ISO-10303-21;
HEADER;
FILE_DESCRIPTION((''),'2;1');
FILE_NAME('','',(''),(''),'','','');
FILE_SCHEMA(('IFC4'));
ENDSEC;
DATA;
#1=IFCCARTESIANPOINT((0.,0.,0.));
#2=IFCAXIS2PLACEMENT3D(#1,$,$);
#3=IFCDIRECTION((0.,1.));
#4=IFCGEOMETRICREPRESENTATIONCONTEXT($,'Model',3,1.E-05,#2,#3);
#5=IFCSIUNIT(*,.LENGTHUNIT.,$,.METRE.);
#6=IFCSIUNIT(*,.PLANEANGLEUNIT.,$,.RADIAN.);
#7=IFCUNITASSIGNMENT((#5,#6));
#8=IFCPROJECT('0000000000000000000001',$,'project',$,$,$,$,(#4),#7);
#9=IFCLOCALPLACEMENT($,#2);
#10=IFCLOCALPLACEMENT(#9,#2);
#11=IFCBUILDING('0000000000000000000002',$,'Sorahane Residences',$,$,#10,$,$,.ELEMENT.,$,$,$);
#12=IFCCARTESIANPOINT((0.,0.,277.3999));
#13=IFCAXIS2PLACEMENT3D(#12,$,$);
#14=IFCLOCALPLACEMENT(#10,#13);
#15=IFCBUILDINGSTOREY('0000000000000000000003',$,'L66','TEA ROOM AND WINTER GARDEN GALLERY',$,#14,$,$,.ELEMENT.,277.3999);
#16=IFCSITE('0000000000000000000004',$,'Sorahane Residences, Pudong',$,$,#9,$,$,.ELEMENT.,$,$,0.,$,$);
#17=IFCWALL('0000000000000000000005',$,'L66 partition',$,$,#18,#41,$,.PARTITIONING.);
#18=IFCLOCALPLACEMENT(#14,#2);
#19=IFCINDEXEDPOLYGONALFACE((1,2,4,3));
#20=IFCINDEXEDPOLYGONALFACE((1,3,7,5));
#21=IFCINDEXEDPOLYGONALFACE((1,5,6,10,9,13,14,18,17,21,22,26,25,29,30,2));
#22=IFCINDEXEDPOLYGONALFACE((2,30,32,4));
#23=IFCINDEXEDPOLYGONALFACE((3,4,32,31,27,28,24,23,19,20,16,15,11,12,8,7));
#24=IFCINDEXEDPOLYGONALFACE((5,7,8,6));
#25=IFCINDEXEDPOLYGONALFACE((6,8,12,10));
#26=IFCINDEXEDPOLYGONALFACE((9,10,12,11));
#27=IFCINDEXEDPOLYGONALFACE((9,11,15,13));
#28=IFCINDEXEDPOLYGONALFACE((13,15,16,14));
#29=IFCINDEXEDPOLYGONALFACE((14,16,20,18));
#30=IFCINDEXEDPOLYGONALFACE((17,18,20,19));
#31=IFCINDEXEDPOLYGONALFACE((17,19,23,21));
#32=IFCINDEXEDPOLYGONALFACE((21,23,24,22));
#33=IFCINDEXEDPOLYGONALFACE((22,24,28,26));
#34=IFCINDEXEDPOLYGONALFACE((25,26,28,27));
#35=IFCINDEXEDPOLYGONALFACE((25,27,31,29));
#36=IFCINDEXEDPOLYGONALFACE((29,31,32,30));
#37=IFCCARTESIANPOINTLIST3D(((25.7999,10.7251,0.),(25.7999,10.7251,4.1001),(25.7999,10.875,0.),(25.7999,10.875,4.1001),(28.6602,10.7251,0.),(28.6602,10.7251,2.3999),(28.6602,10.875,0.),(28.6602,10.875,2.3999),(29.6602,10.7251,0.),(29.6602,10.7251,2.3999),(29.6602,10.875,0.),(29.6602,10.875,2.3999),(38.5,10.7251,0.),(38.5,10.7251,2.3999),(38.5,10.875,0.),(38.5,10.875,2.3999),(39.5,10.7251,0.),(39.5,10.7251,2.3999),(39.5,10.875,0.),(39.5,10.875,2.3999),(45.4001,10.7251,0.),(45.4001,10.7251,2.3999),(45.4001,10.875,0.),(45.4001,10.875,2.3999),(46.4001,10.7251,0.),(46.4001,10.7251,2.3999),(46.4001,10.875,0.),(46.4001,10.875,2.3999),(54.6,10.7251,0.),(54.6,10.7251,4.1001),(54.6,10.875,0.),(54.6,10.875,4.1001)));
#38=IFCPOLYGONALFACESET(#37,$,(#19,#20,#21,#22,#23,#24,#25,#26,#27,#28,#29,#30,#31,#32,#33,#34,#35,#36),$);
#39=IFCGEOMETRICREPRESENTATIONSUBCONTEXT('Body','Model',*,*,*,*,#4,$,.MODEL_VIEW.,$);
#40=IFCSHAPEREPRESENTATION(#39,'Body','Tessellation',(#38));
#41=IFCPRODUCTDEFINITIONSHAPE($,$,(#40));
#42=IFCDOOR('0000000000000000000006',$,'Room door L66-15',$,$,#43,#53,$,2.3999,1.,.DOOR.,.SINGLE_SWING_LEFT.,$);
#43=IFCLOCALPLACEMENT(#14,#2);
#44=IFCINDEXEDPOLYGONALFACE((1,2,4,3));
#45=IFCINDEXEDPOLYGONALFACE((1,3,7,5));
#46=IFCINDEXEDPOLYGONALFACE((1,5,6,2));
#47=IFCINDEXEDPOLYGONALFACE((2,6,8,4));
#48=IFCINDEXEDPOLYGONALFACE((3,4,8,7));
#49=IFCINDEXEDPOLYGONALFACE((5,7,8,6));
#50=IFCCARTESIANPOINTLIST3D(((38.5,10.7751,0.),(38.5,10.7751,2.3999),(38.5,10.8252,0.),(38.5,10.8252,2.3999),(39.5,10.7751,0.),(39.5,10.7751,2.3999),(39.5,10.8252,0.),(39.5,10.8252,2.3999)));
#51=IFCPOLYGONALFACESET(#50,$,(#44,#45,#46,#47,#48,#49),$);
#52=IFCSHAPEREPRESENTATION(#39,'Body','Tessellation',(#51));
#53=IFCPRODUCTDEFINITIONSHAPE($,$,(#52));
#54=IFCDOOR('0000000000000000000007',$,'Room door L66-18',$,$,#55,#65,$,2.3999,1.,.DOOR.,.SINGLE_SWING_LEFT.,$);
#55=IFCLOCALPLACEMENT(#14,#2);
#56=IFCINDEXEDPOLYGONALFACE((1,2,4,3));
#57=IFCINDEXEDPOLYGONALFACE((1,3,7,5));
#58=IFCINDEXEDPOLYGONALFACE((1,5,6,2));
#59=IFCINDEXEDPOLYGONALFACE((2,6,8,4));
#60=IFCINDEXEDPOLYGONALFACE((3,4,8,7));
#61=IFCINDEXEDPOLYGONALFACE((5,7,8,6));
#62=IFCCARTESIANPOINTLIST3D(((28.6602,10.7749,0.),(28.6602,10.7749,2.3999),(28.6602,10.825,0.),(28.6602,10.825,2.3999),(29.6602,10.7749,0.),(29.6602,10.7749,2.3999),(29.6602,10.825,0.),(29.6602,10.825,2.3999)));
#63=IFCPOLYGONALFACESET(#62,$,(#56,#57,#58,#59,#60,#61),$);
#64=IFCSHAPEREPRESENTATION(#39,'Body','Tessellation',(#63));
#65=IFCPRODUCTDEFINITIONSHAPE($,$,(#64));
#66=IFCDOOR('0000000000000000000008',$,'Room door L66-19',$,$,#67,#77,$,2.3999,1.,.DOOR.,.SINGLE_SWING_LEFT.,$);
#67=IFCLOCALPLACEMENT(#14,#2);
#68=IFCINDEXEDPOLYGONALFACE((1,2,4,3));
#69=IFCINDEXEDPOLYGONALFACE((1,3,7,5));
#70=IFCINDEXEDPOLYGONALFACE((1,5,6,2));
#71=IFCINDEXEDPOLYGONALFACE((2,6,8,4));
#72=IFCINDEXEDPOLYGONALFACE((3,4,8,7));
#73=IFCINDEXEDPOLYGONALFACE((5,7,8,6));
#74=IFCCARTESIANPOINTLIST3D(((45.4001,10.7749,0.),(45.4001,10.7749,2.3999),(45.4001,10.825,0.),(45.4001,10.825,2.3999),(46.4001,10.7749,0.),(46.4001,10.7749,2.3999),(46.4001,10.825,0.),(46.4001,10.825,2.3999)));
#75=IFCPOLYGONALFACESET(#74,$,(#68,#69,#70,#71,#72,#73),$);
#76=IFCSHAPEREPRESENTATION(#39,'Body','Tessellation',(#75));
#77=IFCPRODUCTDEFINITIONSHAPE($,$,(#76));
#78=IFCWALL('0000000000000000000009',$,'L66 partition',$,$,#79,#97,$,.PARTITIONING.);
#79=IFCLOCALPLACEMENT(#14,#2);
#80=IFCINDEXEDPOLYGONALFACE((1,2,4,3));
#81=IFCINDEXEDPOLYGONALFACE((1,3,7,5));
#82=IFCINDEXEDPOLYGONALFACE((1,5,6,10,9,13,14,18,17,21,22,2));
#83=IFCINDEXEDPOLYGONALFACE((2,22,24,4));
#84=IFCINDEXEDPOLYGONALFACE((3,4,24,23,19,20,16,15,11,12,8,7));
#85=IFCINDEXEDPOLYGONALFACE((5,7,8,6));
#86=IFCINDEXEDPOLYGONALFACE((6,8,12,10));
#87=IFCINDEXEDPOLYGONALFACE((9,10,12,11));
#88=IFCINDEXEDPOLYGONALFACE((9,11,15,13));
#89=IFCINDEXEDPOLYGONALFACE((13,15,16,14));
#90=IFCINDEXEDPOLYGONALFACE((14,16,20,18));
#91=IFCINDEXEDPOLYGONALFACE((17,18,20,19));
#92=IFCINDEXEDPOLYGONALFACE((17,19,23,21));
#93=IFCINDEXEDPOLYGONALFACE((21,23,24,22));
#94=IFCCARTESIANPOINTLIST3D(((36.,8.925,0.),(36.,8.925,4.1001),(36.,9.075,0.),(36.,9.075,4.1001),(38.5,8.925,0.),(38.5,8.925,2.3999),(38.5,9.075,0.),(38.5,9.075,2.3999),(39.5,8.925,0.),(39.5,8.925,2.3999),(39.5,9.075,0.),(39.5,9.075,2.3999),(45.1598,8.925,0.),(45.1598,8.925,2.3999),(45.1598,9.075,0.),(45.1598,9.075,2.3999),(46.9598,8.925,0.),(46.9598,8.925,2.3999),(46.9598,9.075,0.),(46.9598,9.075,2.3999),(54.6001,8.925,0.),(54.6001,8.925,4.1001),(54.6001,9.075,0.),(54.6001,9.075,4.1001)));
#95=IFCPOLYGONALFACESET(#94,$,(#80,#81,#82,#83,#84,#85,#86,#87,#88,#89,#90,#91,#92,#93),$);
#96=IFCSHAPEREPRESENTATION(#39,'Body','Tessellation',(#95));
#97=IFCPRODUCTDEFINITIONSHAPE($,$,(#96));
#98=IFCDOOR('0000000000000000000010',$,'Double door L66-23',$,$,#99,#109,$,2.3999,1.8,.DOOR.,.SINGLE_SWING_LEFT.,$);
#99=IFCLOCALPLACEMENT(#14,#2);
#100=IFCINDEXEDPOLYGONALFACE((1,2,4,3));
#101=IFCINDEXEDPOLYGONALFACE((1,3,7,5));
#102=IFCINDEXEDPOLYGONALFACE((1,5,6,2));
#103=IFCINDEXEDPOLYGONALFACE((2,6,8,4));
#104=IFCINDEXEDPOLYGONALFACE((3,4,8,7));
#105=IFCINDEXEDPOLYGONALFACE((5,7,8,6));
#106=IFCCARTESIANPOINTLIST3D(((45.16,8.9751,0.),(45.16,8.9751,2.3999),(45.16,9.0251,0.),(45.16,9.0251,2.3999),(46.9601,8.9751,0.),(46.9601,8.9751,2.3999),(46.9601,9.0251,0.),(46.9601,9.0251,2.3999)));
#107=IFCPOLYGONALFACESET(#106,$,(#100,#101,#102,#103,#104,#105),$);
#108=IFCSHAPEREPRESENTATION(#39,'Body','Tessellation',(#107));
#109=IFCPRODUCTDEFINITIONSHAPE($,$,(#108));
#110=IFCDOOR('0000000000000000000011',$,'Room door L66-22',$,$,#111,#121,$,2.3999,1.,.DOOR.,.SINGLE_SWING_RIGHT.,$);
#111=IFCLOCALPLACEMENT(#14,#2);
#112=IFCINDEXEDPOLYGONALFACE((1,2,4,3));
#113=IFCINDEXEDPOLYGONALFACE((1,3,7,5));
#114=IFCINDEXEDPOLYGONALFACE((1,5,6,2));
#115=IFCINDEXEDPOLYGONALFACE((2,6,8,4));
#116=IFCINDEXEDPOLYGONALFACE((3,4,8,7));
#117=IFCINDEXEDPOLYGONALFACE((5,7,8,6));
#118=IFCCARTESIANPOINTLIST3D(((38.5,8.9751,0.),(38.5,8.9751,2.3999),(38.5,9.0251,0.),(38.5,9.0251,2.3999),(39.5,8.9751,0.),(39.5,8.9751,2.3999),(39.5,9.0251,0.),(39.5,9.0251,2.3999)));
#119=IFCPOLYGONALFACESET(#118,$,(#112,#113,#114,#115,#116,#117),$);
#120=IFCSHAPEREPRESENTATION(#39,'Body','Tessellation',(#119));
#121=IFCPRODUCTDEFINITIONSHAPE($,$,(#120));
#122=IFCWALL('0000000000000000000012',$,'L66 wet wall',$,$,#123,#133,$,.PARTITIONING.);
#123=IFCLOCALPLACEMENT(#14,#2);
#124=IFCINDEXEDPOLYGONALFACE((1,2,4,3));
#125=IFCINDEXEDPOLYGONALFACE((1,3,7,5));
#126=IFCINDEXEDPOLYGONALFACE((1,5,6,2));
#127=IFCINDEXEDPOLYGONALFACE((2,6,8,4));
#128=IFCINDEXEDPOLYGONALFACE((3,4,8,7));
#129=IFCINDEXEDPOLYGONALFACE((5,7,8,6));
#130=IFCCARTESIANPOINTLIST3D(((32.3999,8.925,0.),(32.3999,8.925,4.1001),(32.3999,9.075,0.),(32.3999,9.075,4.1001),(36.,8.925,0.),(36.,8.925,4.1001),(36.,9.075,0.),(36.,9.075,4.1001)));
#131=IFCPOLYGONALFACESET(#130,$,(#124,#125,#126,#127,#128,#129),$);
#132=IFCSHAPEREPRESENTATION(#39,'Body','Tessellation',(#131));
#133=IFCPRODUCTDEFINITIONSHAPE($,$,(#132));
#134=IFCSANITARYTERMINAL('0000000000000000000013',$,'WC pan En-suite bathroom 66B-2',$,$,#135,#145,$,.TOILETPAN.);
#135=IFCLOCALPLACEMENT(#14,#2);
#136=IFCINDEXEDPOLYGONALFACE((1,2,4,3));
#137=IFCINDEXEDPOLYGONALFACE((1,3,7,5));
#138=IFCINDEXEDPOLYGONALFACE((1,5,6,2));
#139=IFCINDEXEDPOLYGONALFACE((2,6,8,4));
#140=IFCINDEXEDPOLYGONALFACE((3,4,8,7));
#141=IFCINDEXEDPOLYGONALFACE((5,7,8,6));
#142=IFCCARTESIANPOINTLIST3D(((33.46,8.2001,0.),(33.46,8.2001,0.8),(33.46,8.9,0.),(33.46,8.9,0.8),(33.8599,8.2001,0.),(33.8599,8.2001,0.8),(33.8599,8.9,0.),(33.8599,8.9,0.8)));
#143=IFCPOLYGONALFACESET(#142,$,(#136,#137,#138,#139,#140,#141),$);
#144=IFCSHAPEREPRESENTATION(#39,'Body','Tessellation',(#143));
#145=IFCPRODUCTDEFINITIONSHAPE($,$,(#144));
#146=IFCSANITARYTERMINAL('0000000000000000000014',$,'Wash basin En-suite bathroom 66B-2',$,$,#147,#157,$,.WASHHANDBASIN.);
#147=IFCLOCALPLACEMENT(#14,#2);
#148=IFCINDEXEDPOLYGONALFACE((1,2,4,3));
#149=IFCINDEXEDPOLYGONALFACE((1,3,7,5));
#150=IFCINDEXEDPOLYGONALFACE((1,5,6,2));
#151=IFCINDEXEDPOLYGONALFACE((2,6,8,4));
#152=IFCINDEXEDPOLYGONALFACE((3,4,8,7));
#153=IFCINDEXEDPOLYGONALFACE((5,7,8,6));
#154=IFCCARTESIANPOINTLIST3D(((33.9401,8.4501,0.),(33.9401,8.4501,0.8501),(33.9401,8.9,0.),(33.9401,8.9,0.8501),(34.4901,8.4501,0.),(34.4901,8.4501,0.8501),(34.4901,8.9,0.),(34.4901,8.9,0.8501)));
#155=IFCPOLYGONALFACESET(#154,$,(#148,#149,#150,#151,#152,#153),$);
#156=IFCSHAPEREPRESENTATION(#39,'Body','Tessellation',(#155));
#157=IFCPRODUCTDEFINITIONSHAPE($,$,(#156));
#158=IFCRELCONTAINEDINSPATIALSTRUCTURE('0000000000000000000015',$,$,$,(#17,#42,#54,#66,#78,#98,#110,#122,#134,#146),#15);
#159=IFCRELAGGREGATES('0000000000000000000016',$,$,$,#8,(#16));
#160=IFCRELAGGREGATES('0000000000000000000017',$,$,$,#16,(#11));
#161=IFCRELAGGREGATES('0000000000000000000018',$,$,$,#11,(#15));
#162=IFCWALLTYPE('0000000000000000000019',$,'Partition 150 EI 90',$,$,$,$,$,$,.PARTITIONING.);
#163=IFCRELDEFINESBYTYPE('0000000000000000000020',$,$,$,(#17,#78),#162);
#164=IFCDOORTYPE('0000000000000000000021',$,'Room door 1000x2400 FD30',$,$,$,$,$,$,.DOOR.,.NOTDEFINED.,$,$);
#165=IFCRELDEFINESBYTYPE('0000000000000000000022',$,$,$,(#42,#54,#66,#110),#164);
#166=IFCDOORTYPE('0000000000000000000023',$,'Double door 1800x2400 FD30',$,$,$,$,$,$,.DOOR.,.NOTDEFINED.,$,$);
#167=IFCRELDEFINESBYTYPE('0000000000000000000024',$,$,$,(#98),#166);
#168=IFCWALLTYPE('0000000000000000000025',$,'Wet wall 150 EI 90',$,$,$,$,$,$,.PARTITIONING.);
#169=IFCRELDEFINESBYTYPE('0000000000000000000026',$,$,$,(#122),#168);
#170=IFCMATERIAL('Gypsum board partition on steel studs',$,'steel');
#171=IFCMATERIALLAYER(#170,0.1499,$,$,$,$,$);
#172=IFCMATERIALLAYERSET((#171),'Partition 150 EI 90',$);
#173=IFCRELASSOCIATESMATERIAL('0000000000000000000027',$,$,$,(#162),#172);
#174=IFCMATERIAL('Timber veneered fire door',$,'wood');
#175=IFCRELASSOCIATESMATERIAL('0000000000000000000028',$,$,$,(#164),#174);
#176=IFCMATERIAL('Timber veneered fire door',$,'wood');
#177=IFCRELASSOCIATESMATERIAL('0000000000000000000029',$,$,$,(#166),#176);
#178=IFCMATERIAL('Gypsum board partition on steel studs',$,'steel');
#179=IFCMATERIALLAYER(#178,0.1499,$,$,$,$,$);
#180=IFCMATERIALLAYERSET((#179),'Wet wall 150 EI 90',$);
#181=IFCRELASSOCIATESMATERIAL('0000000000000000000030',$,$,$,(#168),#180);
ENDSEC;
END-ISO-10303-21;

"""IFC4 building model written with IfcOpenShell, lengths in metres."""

from ifc_helpers import new_model, si_unit, direction, frame, frame_2d, origin, origin_2d, place, context, subcontext, project, spatial, rectangle, extrude, material, layer, layer_set, type_object, element, fill, save


model = new_model("IFC4")

# Units and contexts
model_context = context("Model", 3, precision=1e-05, world=origin(), true_north=direction((0.0, 1.0)))
body_context = subcontext(model_context, "Body", "Model", "MODEL_VIEW")
ifc_project = project(units=[si_unit("LENGTHUNIT", "METRE"), si_unit("PLANEANGLEUNIT", "RADIAN")], contexts=[model_context])

# Site, building, storey
site_placement = place(None, origin())
site = spatial("IfcSite", under=ifc_project, at=site_placement, Name="Sorahane Residences, Pudong", CompositionType="ELEMENT", RefElevation=0.0)
building_placement = place(site_placement, origin())
building = spatial("IfcBuilding", under=site, at=building_placement, Name="Sorahane Residences", CompositionType="ELEMENT")
storey_placement = place(building_placement, frame((0.0, 0.0, 277.3999)))
storey = spatial("IfcBuildingStorey", under=building, at=storey_placement, Name="L66", Description="TEA ROOM AND WINTER GARDEN GALLERY", CompositionType="ELEMENT", Elevation=277.3999)

# Shared definitions
ifc_material_1 = material(Name="Gypsum board partition on steel studs", Category="steel")
ifc_layer_1 = layer(ifc_material_1, 0.1499)
ifc_layer_set_1 = layer_set([ifc_layer_1], Name="Partition 150 EI 90")
wall_type_1 = type_object("IfcWallType", Name="Partition 150 EI 90", PredefinedType="PARTITIONING", material=ifc_layer_set_1)

# Walls, openings, doors
wall_1_placement = place(storey_placement, frame((25.8, 10.8, 0.0), z_axis=(0.0, 0.0, 1.0), x_axis=(1.0, 0.0, 0.0)))
wall_1 = element("IfcWall", 1, at=wall_1_placement, inside=storey, type_object=wall_type_1, Name="L66 partition", PredefinedType="PARTITIONING", context=body_context, shape_type="SweptSolid", body=[
    extrude(rectangle(XDim=28.8, YDim=0.1499, at=frame_2d((14.3999, 0.0))), origin(), (0.0, 0.0, 1.0), 4.1001),
])
opening_1_placement = place(wall_1_placement, frame((12.7, 0.0, 0.0)))
opening_1 = element("IfcOpeningElement", 2, at=opening_1_placement, cuts=wall_1, PredefinedType="OPENING", context=body_context, shape_type="SweptSolid", body=[
    extrude(rectangle(XDim=1.0, YDim=2.3999, at=frame_2d((0.5, 1.2))), frame((0.0, 0.085, 0.0), z_axis=(0.0, -1.0, 0.0), x_axis=(1.0, 0.0, 0.0)), (0.0, 0.0, 1.0), 0.1699),
])
opening_2_placement = place(wall_1_placement, frame((2.8601, 0.0, 0.0)))
opening_2 = element("IfcOpeningElement", 3, at=opening_2_placement, cuts=wall_1, PredefinedType="OPENING", context=body_context, shape_type="SweptSolid", body=[
    extrude(rectangle(XDim=1.0, YDim=2.3999, at=frame_2d((0.5, 1.2))), frame((0.0, 0.085, 0.0), z_axis=(0.0, -1.0, 0.0), x_axis=(1.0, 0.0, 0.0)), (0.0, 0.0, 1.0), 0.1699),
])
opening_3_placement = place(wall_1_placement, frame((19.6001, 0.0, 0.0)))
opening_3 = element("IfcOpeningElement", 4, at=opening_3_placement, cuts=wall_1, PredefinedType="OPENING", context=body_context, shape_type="SweptSolid", body=[
    extrude(rectangle(XDim=1.0, YDim=2.3999, at=frame_2d((0.5, 1.2))), frame((0.0, 0.085, 0.0), z_axis=(0.0, -1.0, 0.0), x_axis=(1.0, 0.0, 0.0)), (0.0, 0.0, 1.0), 0.1699),
])
ifc_material_2 = material(Name="Timber veneered fire door", Category="wood")
door_type_1 = type_object("IfcDoorType", Name="Room door 1000x2400 FD30", OperationType="NOTDEFINED", PredefinedType="DOOR", material=ifc_material_2)
door_1_placement = place(opening_1_placement, frame((1.0, 0.0, 0.0), z_axis=(0.0, 0.0, 1.0), x_axis=(-1.0, 0.0, 0.0)))
door_1 = element("IfcDoor", 5, at=door_1_placement, inside=storey, type_object=door_type_1, Name="Room door L66-15", OperationType="SINGLE_SWING_LEFT", OverallHeight=2.3999, OverallWidth=1.0, PredefinedType="DOOR", context=body_context, shape_type="SweptSolid", body=[
    extrude(rectangle(XDim=1.0, YDim=2.3999, at=frame_2d((0.5, 1.2))), frame((0.0, 0.0249, 0.0), z_axis=(0.0, -1.0, 0.0), x_axis=(1.0, 0.0, 0.0)), (0.0, 0.0, 1.0), 0.05),
])
fill(opening_1, door_1)
door_2_placement = place(opening_2_placement, origin())
door_2 = element("IfcDoor", 6, at=door_2_placement, inside=storey, type_object=door_type_1, Name="Room door L66-18", OperationType="SINGLE_SWING_LEFT", OverallHeight=2.3999, OverallWidth=1.0, PredefinedType="DOOR", context=body_context, shape_type="SweptSolid", body=[
    extrude(rectangle(XDim=1.0, YDim=2.3999, at=frame_2d((0.5, 1.2))), frame((0.0, 0.0249, 0.0), z_axis=(0.0, -1.0, 0.0), x_axis=(1.0, 0.0, 0.0)), (0.0, 0.0, 1.0), 0.05),
])
fill(opening_2, door_2)
door_3_placement = place(opening_3_placement, origin())
door_3 = element("IfcDoor", 7, at=door_3_placement, inside=storey, type_object=door_type_1, Name="Room door L66-19", OperationType="SINGLE_SWING_LEFT", OverallHeight=2.3999, OverallWidth=1.0, PredefinedType="DOOR", context=body_context, shape_type="SweptSolid", body=[
    extrude(rectangle(XDim=1.0, YDim=2.3999, at=frame_2d((0.5, 1.2))), frame((0.0, 0.0249, 0.0), z_axis=(0.0, -1.0, 0.0), x_axis=(1.0, 0.0, 0.0)), (0.0, 0.0, 1.0), 0.05),
])
fill(opening_3, door_3)
wall_2_placement = place(storey_placement, frame((36.0, 9.0, 0.0), z_axis=(0.0, 0.0, 1.0), x_axis=(1.0, 0.0, 0.0)))
wall_2 = element("IfcWall", 8, at=wall_2_placement, inside=storey, type_object=wall_type_1, Name="L66 partition", PredefinedType="PARTITIONING", context=body_context, shape_type="SweptSolid", body=[
    extrude(rectangle(XDim=18.6001, YDim=0.1499, at=frame_2d((9.3, 0.0))), origin(), (0.0, 0.0, 1.0), 4.1001),
])
opening_4_placement = place(wall_2_placement, frame((2.5, 0.0, 0.0)))
opening_4 = element("IfcOpeningElement", 9, at=opening_4_placement, cuts=wall_2, PredefinedType="OPENING", context=body_context, shape_type="SweptSolid", body=[
    extrude(rectangle(XDim=1.0, YDim=2.3999, at=frame_2d((0.5, 1.2))), frame((0.0, 0.085, 0.0), z_axis=(0.0, -1.0, 0.0), x_axis=(1.0, 0.0, 0.0)), (0.0, 0.0, 1.0), 0.1699),
])
opening_5_placement = place(wall_2_placement, frame((9.1599, 0.0, 0.0)))
opening_5 = element("IfcOpeningElement", 10, at=opening_5_placement, cuts=wall_2, PredefinedType="OPENING", context=body_context, shape_type="SweptSolid", body=[
    extrude(rectangle(XDim=1.8, YDim=2.3999, at=frame_2d((0.8999, 1.2))), frame((0.0, 0.085, 0.0), z_axis=(0.0, -1.0, 0.0), x_axis=(1.0, 0.0, 0.0)), (0.0, 0.0, 1.0), 0.1699),
])
ifc_material_3 = material(Name="Timber veneered fire door", Category="wood")
door_type_2 = type_object("IfcDoorType", Name="Double door 1800x2400 FD30", OperationType="NOTDEFINED", PredefinedType="DOOR", material=ifc_material_3)
door_4_placement = place(opening_5_placement, frame((1.8, 0.0, 0.0), z_axis=(0.0, 0.0, 1.0), x_axis=(-1.0, 0.0, 0.0)))
door_4 = element("IfcDoor", 11, at=door_4_placement, inside=storey, type_object=door_type_2, Name="Double door L66-23", OperationType="SINGLE_SWING_LEFT", OverallHeight=2.3999, OverallWidth=1.8, PredefinedType="DOOR", context=body_context, shape_type="SweptSolid", body=[
    extrude(rectangle(XDim=1.8, YDim=2.3999, at=frame_2d((0.8999, 1.2))), frame((0.0, 0.0249, 0.0), z_axis=(0.0, -1.0, 0.0), x_axis=(1.0, 0.0, 0.0)), (0.0, 0.0, 1.0), 0.05),
])
fill(opening_5, door_4)
door_5_placement = place(opening_4_placement, frame((1.0, 0.0, 0.0), z_axis=(0.0, 0.0, 1.0), x_axis=(-1.0, 0.0, 0.0)))
door_5 = element("IfcDoor", 12, at=door_5_placement, inside=storey, type_object=door_type_1, Name="Room door L66-22", OperationType="SINGLE_SWING_RIGHT", OverallHeight=2.3999, OverallWidth=1.0, PredefinedType="DOOR", context=body_context, shape_type="SweptSolid", body=[
    extrude(rectangle(XDim=1.0, YDim=2.3999, at=frame_2d((0.5, 1.2))), frame((0.0, 0.0249, 0.0), z_axis=(0.0, -1.0, 0.0), x_axis=(1.0, 0.0, 0.0)), (0.0, 0.0, 1.0), 0.05),
])
fill(opening_4, door_5)

# Wall
ifc_material_4 = material(Name="Gypsum board partition on steel studs", Category="steel")
ifc_layer_2 = layer(ifc_material_4, 0.1499)
ifc_layer_set_2 = layer_set([ifc_layer_2], Name="Wet wall 150 EI 90")
wall_type_2 = type_object("IfcWallType", Name="Wet wall 150 EI 90", PredefinedType="PARTITIONING", material=ifc_layer_set_2)
wall_3_placement = place(storey_placement, frame((32.3999, 9.0, 0.0), z_axis=(0.0, 0.0, 1.0), x_axis=(1.0, 0.0, 0.0)))
element("IfcWall", 13, at=wall_3_placement, inside=storey, type_object=wall_type_2, Name="L66 wet wall", PredefinedType="PARTITIONING", context=body_context, shape_type="SweptSolid", body=[
    extrude(rectangle(XDim=3.6001, YDim=0.1499, at=frame_2d((1.8, 0.0))), origin(), (0.0, 0.0, 1.0), 4.1001),
])

# Sanitary terminals
sanitary_terminal_1_placement = place(storey_placement, frame((33.6599, 8.55, 0.0), z_axis=(0.0, 0.0, 1.0), x_axis=(1.0, 0.0, 0.0)))
element("IfcSanitaryTerminal", 14, at=sanitary_terminal_1_placement, inside=storey, Name="WC pan En-suite bathroom 66B-2", PredefinedType="TOILETPAN", context=body_context, shape_type="SweptSolid", body=[
    extrude(rectangle(XDim=0.3999, YDim=0.7, at=origin_2d()), origin(), (0.0, 0.0, 1.0), 0.8),
])
sanitary_terminal_2_placement = place(storey_placement, frame((34.2151, 8.675, 0.0), z_axis=(0.0, 0.0, 1.0), x_axis=(1.0, 0.0, 0.0)))
element("IfcSanitaryTerminal", 15, at=sanitary_terminal_2_placement, inside=storey, Name="Wash basin En-suite bathroom 66B-2", PredefinedType="WASHHANDBASIN", context=body_context, shape_type="SweptSolid", body=[
    extrude(rectangle(XDim=0.55, YDim=0.45, at=origin_2d()), origin(), (0.0, 0.0, 1.0), 0.8501),
])

save(model, "model.ifc")
